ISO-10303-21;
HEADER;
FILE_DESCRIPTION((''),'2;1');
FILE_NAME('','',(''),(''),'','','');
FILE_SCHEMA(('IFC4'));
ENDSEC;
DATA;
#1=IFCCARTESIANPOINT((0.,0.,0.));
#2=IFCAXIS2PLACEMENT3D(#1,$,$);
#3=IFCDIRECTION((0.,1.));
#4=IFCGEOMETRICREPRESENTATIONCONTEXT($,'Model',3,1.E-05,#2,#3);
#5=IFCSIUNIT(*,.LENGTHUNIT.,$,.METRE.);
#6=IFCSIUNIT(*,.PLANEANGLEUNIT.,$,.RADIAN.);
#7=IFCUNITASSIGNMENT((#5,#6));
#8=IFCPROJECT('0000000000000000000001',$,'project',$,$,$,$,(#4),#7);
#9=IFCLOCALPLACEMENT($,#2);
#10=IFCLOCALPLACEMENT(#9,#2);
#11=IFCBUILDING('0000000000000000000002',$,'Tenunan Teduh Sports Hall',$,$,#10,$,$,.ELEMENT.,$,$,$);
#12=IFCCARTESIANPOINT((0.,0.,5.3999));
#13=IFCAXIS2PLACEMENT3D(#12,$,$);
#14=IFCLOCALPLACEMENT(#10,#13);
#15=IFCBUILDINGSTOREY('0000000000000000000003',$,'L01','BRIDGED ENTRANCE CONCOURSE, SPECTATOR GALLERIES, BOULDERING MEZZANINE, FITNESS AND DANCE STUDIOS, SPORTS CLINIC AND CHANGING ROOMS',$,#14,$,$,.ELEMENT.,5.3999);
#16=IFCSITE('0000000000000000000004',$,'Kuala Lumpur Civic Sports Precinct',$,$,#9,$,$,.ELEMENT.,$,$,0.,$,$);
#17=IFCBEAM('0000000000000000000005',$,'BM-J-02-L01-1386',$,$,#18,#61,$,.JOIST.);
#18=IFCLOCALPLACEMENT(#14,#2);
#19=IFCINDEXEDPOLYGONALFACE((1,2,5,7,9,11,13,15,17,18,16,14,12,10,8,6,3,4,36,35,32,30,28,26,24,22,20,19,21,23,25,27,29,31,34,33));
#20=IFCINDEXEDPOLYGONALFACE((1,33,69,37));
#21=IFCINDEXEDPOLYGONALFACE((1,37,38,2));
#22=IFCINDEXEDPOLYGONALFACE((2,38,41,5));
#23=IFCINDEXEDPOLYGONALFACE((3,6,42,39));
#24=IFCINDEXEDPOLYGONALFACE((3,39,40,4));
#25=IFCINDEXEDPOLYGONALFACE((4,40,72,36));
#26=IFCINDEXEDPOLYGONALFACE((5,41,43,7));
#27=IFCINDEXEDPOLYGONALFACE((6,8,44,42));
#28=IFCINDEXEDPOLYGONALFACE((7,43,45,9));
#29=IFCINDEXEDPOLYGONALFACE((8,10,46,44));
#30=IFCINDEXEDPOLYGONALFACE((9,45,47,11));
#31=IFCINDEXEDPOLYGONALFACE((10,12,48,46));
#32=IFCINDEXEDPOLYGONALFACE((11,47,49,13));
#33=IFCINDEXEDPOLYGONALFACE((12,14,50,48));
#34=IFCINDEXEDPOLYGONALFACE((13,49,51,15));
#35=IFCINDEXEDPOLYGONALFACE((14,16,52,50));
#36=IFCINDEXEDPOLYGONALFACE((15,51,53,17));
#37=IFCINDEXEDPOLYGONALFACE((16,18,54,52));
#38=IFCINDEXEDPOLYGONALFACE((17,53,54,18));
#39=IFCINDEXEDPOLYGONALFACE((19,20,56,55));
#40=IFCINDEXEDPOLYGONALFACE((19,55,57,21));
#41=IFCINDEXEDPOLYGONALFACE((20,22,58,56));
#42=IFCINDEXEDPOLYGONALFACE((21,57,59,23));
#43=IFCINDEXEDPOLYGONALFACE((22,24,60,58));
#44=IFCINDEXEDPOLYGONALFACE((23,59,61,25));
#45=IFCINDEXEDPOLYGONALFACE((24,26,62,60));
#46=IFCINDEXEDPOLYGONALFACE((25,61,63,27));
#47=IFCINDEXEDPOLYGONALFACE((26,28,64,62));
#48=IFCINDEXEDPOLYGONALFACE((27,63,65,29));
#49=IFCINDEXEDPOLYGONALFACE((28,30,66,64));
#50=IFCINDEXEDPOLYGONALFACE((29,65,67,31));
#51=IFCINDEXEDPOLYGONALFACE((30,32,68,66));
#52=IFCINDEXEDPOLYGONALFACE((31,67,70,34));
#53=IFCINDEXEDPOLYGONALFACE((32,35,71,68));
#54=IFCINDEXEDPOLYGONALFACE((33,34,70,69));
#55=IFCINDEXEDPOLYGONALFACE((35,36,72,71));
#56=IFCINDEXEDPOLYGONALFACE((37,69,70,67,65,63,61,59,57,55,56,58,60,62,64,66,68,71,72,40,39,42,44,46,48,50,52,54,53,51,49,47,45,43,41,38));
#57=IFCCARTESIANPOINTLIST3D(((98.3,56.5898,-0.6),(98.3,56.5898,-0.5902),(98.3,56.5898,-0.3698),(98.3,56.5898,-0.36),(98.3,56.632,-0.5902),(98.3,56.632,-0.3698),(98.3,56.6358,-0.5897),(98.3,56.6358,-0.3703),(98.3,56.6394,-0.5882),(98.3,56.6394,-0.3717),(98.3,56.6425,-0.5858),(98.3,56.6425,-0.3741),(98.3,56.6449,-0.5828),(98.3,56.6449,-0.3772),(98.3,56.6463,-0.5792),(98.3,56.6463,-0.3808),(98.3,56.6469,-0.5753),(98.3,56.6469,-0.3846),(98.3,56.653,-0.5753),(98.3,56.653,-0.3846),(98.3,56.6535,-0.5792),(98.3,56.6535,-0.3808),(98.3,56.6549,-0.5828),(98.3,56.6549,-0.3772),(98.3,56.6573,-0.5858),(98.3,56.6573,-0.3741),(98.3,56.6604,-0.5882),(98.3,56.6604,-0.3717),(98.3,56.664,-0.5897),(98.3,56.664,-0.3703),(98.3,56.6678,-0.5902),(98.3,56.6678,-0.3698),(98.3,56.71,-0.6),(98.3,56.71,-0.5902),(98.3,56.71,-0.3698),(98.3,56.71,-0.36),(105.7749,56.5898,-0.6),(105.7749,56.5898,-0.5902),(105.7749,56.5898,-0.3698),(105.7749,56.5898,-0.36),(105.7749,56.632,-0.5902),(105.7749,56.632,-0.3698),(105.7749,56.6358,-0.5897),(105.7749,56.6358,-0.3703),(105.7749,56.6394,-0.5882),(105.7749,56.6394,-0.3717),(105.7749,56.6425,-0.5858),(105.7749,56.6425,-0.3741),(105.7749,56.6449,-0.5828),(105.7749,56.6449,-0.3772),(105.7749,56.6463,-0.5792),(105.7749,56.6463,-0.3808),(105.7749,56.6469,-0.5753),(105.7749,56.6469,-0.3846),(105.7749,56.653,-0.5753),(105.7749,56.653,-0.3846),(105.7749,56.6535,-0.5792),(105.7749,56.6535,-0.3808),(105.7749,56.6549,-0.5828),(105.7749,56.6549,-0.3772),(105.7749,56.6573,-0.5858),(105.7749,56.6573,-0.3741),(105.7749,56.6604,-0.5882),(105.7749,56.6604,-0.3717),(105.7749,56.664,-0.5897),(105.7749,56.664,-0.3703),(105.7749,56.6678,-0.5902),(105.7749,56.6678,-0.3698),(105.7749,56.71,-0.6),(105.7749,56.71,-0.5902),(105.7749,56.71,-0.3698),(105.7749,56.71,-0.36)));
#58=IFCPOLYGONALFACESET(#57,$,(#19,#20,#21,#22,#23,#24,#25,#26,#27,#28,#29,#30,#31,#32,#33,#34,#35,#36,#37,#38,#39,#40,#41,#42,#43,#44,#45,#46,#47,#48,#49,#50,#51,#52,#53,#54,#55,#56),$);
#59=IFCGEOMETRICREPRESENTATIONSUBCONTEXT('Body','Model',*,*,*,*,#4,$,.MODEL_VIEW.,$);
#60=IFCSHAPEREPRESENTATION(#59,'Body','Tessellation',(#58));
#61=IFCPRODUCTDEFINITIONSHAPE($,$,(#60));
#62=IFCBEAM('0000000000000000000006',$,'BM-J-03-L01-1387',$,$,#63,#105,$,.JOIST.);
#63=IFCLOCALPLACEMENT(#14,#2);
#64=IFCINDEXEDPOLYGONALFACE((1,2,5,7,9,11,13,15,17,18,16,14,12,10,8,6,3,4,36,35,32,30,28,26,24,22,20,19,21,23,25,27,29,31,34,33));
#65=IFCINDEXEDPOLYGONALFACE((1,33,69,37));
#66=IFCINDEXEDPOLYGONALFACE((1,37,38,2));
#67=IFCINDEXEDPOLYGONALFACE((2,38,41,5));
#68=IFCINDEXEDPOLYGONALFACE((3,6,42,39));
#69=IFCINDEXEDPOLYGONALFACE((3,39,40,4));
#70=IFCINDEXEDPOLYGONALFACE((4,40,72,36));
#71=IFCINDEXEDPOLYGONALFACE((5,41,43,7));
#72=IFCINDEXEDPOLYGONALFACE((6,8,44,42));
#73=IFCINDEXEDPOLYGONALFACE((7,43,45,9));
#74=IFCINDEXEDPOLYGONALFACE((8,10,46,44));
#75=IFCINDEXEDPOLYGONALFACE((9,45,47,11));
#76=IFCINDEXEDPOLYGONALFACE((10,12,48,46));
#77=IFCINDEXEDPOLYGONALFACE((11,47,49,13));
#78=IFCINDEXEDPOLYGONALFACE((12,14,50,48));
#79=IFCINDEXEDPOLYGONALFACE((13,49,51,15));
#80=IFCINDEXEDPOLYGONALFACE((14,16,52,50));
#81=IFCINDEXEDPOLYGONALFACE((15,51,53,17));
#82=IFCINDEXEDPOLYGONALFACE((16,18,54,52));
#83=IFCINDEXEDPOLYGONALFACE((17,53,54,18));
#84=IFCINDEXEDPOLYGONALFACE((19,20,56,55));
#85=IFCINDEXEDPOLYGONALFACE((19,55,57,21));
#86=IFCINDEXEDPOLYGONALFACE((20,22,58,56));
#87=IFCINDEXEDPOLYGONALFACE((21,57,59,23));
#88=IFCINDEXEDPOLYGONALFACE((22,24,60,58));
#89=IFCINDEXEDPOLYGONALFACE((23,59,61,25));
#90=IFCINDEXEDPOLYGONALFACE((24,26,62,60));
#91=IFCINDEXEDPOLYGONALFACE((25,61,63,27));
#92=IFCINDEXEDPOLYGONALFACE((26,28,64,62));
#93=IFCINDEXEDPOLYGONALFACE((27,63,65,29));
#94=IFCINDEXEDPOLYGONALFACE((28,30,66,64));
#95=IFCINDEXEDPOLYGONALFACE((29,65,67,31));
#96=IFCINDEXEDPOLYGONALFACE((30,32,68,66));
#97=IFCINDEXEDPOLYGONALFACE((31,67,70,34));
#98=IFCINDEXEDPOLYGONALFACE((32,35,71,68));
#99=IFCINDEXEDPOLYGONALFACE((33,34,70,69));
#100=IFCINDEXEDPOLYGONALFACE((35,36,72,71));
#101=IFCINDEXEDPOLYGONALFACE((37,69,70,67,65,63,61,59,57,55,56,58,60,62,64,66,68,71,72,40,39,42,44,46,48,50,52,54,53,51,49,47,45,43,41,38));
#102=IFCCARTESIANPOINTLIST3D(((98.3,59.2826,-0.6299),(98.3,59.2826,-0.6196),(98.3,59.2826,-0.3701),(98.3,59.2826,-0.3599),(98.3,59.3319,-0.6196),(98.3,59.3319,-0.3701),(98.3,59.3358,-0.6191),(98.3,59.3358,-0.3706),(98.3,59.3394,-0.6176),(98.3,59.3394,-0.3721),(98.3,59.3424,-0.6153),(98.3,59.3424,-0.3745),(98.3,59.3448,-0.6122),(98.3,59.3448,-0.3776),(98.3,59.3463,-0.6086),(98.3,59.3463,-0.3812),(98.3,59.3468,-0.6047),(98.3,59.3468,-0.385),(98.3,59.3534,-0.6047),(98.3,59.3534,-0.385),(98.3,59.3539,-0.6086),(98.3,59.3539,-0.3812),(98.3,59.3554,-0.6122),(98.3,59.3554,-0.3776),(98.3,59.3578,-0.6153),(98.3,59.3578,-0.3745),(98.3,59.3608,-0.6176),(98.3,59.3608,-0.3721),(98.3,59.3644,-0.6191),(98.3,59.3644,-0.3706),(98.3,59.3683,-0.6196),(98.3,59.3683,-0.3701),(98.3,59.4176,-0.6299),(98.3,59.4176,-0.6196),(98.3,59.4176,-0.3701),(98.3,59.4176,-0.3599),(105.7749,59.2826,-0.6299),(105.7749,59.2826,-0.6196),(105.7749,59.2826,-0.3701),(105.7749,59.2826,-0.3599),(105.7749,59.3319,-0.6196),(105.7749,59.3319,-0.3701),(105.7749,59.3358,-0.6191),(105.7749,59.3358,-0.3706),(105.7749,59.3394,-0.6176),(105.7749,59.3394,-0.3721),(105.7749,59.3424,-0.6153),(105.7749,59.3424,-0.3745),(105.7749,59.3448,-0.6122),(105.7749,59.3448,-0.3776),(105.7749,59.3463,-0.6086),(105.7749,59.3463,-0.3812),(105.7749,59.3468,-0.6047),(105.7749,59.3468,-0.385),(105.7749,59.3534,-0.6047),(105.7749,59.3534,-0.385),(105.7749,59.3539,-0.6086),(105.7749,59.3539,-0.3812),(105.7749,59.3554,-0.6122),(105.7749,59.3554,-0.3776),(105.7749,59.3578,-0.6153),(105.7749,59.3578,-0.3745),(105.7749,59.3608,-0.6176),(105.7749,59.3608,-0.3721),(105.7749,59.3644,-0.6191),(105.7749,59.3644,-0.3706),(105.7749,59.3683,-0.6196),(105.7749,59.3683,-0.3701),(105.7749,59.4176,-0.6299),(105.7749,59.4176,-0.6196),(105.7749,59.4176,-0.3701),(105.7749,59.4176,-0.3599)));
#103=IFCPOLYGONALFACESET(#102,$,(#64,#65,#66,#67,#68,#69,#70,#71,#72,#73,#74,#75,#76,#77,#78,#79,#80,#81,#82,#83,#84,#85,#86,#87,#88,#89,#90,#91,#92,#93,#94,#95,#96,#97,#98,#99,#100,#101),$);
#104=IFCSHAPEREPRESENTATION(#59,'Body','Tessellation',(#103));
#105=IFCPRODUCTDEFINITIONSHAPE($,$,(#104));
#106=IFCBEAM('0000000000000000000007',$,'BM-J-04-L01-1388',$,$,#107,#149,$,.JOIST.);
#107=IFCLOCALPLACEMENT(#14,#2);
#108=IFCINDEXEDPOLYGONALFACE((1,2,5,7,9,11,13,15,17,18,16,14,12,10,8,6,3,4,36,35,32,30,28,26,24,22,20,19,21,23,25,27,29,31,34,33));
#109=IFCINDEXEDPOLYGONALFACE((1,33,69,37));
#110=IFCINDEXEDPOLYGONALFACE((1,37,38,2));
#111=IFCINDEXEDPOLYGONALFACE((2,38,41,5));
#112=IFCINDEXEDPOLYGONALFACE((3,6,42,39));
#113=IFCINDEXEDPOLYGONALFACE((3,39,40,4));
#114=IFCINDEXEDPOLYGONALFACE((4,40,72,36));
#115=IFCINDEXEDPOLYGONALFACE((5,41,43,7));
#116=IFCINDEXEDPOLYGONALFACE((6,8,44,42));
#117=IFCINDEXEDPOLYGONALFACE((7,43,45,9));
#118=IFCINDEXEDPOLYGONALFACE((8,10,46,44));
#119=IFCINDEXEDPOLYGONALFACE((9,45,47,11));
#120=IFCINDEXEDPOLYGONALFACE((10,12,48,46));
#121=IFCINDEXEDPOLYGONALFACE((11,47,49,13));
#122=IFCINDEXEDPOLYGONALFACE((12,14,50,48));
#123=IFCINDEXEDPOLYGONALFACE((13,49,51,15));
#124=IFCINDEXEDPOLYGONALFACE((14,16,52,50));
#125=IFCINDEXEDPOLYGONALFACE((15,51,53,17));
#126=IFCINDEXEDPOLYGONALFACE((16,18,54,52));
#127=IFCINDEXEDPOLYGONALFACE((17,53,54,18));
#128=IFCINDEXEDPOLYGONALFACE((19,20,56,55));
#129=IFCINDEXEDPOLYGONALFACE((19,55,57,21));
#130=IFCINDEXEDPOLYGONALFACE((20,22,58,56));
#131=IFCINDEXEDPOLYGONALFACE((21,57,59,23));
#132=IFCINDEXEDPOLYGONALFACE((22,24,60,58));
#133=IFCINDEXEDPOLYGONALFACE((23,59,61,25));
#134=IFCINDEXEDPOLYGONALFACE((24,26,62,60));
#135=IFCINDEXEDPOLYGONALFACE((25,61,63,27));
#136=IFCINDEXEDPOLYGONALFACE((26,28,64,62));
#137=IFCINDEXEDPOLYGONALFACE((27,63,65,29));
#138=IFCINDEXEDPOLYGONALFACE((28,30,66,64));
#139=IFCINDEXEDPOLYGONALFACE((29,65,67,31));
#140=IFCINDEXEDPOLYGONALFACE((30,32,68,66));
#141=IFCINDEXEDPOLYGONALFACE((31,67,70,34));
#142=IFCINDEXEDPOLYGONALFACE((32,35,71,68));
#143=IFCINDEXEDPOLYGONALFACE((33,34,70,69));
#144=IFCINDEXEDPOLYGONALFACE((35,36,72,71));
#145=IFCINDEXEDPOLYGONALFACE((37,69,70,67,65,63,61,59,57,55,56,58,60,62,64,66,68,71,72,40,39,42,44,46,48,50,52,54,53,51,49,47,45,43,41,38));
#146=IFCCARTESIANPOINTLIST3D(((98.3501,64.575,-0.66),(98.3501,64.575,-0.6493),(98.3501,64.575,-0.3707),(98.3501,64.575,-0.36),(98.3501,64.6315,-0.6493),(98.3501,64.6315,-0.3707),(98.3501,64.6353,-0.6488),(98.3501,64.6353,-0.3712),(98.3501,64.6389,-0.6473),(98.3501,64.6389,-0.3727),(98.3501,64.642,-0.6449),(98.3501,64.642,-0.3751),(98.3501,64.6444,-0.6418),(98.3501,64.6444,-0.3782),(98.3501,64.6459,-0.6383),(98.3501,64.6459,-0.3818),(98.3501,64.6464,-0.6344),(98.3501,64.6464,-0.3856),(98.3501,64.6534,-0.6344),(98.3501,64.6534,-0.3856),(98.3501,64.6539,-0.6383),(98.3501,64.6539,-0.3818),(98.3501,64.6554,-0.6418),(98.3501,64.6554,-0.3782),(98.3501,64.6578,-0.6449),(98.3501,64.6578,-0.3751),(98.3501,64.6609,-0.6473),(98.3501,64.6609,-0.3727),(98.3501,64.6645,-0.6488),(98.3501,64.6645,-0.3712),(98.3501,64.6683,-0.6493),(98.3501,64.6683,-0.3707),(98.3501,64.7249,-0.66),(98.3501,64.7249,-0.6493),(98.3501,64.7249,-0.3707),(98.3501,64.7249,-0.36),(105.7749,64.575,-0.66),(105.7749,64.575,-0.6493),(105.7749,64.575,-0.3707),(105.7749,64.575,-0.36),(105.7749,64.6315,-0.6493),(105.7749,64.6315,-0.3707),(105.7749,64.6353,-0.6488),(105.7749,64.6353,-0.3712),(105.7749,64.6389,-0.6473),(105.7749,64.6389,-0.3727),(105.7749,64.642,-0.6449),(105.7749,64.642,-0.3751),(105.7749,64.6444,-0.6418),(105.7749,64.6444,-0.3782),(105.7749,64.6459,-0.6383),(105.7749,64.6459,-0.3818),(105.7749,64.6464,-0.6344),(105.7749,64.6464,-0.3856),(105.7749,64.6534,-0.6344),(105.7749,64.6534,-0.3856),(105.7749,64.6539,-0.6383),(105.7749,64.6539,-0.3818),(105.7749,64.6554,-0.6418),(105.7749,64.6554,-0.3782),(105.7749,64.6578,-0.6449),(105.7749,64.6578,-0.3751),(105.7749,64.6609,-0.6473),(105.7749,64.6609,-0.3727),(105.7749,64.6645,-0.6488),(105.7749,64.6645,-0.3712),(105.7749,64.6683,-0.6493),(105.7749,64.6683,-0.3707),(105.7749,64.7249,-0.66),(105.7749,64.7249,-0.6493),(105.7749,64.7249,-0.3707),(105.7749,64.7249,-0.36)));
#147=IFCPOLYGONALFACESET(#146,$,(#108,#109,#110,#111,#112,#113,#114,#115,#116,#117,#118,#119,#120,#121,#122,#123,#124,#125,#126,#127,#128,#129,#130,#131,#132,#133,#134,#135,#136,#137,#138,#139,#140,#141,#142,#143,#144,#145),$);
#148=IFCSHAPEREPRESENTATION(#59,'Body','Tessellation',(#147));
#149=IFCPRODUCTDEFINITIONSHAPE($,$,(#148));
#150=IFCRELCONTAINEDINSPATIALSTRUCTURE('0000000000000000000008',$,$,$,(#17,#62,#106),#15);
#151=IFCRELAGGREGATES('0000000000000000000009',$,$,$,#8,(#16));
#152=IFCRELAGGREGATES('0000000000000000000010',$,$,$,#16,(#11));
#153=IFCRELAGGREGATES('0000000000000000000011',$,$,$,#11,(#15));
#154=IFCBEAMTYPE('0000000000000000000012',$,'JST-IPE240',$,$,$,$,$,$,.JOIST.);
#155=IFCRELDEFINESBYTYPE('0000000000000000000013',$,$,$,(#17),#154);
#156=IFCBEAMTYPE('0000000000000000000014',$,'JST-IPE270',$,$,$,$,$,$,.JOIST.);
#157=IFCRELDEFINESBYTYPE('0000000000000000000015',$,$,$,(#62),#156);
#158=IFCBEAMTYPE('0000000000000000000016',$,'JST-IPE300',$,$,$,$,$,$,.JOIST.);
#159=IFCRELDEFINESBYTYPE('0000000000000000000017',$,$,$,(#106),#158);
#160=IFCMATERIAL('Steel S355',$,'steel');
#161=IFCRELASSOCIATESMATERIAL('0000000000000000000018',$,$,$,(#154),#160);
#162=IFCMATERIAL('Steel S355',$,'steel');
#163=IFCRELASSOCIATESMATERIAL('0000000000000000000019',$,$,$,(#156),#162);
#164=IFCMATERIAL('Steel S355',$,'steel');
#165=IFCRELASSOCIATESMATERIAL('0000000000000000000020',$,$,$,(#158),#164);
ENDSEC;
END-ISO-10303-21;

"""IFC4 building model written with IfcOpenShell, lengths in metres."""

from ifc_helpers import new_model, si_unit, direction, frame, origin, origin_2d, place, context, subcontext, project, spatial, i_section, extrude, material, material_profile, profile_set, type_object, element, save


model = new_model("IFC4")

# Units and contexts
model_context = context("Model", 3, precision=1e-05, world=origin(), true_north=direction((0.0, 1.0)))
body_context = subcontext(model_context, "Body", "Model", "MODEL_VIEW")
ifc_project = project(units=[si_unit("LENGTHUNIT", "METRE"), si_unit("PLANEANGLEUNIT", "RADIAN")], contexts=[model_context])

# Site, building, storey
site_placement = place(None, origin())
site = spatial("IfcSite", under=ifc_project, at=site_placement, Name="Kuala Lumpur Civic Sports Precinct", CompositionType="ELEMENT", RefElevation=0.0)
building_placement = place(site_placement, origin())
building = spatial("IfcBuilding", under=site, at=building_placement, Name="Tenunan Teduh Sports Hall", CompositionType="ELEMENT")
storey_placement = place(building_placement, frame((0.0, 0.0, 5.3999)))
storey = spatial("IfcBuildingStorey", under=building, at=storey_placement, Name="L01", Description="BRIDGED ENTRANCE CONCOURSE, SPECTATOR GALLERIES, BOULDERING MEZZANINE, FITNESS AND DANCE STUDIOS, SPORTS CLINIC AND CHANGING ROOMS", CompositionType="ELEMENT", Elevation=5.3999)

# Beams
ifc_material_1 = material(Name="Steel S355", Category="steel")
ifc_material_profile_1 = material_profile(ifc_material_1, i_section(OverallWidth=0.1201, OverallDepth=0.24, WebThickness=0.0061, FlangeThickness=0.0098, FilletRadius=0.0149, at=origin_2d()), Name="IPE 240")
ifc_profile_set_1 = profile_set([ifc_material_profile_1], Name="Steel S355")
beam_type_1 = type_object("IfcBeamType", Name="JST-IPE240", PredefinedType="JOIST", material=ifc_profile_set_1)
beam_1_placement = place(storey_placement, frame((98.3, 56.6499, -0.48), z_axis=(1.0, 0.0, 0.0), x_axis=(0.0, 1.0, 0.0)))
element("IfcBeam", 1, at=beam_1_placement, inside=storey, type_object=beam_type_1, Name="BM-J-02-L01-1386", PredefinedType="JOIST", context=body_context, shape_type="SweptSolid", body=[
    extrude(i_section(OverallWidth=0.1201, OverallDepth=0.24, WebThickness=0.0061, FlangeThickness=0.0098, FilletRadius=0.0149, at=origin_2d()), origin(), (0.0, 0.0, 1.0), 7.4749),
])
ifc_material_2 = material(Name="Steel S355", Category="steel")
ifc_material_profile_2 = material_profile(ifc_material_2, i_section(OverallWidth=0.135, OverallDepth=0.27, WebThickness=0.0066, FlangeThickness=0.0103, FilletRadius=0.0149, at=origin_2d()), Name="IPE 270")
ifc_profile_set_2 = profile_set([ifc_material_profile_2], Name="Steel S355")
beam_type_2 = type_object("IfcBeamType", Name="JST-IPE270", PredefinedType="JOIST", material=ifc_profile_set_2)
beam_2_placement = place(storey_placement, frame((98.3, 59.3501, -0.4949), z_axis=(1.0, 0.0, 0.0), x_axis=(0.0, 1.0, 0.0)))
element("IfcBeam", 2, at=beam_2_placement, inside=storey, type_object=beam_type_2, Name="BM-J-03-L01-1387", PredefinedType="JOIST", context=body_context, shape_type="SweptSolid", body=[
    extrude(i_section(OverallWidth=0.135, OverallDepth=0.27, WebThickness=0.0066, FlangeThickness=0.0103, FilletRadius=0.0149, at=origin_2d()), origin(), (0.0, 0.0, 1.0), 7.4749),
])
ifc_material_3 = material(Name="Steel S355", Category="steel")
ifc_material_profile_3 = material_profile(ifc_material_3, i_section(OverallWidth=0.1499, OverallDepth=0.3, WebThickness=0.0071, FlangeThickness=0.0107, FilletRadius=0.0149, at=origin_2d()), Name="IPE 300")
ifc_profile_set_3 = profile_set([ifc_material_profile_3], Name="Steel S355")
beam_type_3 = type_object("IfcBeamType", Name="JST-IPE300", PredefinedType="JOIST", material=ifc_profile_set_3)
beam_3_placement = place(storey_placement, frame((98.3501, 64.6499, -0.51), z_axis=(1.0, 0.0, 0.0), x_axis=(0.0, 1.0, 0.0)))
element("IfcBeam", 3, at=beam_3_placement, inside=storey, type_object=beam_type_3, Name="BM-J-04-L01-1388", PredefinedType="JOIST", context=body_context, shape_type="SweptSolid", body=[
    extrude(i_section(OverallWidth=0.1499, OverallDepth=0.3, WebThickness=0.0071, FlangeThickness=0.0107, FilletRadius=0.0149, at=origin_2d()), origin(), (0.0, 0.0, 1.0), 7.4248),
])

save(model, "model.ifc")
